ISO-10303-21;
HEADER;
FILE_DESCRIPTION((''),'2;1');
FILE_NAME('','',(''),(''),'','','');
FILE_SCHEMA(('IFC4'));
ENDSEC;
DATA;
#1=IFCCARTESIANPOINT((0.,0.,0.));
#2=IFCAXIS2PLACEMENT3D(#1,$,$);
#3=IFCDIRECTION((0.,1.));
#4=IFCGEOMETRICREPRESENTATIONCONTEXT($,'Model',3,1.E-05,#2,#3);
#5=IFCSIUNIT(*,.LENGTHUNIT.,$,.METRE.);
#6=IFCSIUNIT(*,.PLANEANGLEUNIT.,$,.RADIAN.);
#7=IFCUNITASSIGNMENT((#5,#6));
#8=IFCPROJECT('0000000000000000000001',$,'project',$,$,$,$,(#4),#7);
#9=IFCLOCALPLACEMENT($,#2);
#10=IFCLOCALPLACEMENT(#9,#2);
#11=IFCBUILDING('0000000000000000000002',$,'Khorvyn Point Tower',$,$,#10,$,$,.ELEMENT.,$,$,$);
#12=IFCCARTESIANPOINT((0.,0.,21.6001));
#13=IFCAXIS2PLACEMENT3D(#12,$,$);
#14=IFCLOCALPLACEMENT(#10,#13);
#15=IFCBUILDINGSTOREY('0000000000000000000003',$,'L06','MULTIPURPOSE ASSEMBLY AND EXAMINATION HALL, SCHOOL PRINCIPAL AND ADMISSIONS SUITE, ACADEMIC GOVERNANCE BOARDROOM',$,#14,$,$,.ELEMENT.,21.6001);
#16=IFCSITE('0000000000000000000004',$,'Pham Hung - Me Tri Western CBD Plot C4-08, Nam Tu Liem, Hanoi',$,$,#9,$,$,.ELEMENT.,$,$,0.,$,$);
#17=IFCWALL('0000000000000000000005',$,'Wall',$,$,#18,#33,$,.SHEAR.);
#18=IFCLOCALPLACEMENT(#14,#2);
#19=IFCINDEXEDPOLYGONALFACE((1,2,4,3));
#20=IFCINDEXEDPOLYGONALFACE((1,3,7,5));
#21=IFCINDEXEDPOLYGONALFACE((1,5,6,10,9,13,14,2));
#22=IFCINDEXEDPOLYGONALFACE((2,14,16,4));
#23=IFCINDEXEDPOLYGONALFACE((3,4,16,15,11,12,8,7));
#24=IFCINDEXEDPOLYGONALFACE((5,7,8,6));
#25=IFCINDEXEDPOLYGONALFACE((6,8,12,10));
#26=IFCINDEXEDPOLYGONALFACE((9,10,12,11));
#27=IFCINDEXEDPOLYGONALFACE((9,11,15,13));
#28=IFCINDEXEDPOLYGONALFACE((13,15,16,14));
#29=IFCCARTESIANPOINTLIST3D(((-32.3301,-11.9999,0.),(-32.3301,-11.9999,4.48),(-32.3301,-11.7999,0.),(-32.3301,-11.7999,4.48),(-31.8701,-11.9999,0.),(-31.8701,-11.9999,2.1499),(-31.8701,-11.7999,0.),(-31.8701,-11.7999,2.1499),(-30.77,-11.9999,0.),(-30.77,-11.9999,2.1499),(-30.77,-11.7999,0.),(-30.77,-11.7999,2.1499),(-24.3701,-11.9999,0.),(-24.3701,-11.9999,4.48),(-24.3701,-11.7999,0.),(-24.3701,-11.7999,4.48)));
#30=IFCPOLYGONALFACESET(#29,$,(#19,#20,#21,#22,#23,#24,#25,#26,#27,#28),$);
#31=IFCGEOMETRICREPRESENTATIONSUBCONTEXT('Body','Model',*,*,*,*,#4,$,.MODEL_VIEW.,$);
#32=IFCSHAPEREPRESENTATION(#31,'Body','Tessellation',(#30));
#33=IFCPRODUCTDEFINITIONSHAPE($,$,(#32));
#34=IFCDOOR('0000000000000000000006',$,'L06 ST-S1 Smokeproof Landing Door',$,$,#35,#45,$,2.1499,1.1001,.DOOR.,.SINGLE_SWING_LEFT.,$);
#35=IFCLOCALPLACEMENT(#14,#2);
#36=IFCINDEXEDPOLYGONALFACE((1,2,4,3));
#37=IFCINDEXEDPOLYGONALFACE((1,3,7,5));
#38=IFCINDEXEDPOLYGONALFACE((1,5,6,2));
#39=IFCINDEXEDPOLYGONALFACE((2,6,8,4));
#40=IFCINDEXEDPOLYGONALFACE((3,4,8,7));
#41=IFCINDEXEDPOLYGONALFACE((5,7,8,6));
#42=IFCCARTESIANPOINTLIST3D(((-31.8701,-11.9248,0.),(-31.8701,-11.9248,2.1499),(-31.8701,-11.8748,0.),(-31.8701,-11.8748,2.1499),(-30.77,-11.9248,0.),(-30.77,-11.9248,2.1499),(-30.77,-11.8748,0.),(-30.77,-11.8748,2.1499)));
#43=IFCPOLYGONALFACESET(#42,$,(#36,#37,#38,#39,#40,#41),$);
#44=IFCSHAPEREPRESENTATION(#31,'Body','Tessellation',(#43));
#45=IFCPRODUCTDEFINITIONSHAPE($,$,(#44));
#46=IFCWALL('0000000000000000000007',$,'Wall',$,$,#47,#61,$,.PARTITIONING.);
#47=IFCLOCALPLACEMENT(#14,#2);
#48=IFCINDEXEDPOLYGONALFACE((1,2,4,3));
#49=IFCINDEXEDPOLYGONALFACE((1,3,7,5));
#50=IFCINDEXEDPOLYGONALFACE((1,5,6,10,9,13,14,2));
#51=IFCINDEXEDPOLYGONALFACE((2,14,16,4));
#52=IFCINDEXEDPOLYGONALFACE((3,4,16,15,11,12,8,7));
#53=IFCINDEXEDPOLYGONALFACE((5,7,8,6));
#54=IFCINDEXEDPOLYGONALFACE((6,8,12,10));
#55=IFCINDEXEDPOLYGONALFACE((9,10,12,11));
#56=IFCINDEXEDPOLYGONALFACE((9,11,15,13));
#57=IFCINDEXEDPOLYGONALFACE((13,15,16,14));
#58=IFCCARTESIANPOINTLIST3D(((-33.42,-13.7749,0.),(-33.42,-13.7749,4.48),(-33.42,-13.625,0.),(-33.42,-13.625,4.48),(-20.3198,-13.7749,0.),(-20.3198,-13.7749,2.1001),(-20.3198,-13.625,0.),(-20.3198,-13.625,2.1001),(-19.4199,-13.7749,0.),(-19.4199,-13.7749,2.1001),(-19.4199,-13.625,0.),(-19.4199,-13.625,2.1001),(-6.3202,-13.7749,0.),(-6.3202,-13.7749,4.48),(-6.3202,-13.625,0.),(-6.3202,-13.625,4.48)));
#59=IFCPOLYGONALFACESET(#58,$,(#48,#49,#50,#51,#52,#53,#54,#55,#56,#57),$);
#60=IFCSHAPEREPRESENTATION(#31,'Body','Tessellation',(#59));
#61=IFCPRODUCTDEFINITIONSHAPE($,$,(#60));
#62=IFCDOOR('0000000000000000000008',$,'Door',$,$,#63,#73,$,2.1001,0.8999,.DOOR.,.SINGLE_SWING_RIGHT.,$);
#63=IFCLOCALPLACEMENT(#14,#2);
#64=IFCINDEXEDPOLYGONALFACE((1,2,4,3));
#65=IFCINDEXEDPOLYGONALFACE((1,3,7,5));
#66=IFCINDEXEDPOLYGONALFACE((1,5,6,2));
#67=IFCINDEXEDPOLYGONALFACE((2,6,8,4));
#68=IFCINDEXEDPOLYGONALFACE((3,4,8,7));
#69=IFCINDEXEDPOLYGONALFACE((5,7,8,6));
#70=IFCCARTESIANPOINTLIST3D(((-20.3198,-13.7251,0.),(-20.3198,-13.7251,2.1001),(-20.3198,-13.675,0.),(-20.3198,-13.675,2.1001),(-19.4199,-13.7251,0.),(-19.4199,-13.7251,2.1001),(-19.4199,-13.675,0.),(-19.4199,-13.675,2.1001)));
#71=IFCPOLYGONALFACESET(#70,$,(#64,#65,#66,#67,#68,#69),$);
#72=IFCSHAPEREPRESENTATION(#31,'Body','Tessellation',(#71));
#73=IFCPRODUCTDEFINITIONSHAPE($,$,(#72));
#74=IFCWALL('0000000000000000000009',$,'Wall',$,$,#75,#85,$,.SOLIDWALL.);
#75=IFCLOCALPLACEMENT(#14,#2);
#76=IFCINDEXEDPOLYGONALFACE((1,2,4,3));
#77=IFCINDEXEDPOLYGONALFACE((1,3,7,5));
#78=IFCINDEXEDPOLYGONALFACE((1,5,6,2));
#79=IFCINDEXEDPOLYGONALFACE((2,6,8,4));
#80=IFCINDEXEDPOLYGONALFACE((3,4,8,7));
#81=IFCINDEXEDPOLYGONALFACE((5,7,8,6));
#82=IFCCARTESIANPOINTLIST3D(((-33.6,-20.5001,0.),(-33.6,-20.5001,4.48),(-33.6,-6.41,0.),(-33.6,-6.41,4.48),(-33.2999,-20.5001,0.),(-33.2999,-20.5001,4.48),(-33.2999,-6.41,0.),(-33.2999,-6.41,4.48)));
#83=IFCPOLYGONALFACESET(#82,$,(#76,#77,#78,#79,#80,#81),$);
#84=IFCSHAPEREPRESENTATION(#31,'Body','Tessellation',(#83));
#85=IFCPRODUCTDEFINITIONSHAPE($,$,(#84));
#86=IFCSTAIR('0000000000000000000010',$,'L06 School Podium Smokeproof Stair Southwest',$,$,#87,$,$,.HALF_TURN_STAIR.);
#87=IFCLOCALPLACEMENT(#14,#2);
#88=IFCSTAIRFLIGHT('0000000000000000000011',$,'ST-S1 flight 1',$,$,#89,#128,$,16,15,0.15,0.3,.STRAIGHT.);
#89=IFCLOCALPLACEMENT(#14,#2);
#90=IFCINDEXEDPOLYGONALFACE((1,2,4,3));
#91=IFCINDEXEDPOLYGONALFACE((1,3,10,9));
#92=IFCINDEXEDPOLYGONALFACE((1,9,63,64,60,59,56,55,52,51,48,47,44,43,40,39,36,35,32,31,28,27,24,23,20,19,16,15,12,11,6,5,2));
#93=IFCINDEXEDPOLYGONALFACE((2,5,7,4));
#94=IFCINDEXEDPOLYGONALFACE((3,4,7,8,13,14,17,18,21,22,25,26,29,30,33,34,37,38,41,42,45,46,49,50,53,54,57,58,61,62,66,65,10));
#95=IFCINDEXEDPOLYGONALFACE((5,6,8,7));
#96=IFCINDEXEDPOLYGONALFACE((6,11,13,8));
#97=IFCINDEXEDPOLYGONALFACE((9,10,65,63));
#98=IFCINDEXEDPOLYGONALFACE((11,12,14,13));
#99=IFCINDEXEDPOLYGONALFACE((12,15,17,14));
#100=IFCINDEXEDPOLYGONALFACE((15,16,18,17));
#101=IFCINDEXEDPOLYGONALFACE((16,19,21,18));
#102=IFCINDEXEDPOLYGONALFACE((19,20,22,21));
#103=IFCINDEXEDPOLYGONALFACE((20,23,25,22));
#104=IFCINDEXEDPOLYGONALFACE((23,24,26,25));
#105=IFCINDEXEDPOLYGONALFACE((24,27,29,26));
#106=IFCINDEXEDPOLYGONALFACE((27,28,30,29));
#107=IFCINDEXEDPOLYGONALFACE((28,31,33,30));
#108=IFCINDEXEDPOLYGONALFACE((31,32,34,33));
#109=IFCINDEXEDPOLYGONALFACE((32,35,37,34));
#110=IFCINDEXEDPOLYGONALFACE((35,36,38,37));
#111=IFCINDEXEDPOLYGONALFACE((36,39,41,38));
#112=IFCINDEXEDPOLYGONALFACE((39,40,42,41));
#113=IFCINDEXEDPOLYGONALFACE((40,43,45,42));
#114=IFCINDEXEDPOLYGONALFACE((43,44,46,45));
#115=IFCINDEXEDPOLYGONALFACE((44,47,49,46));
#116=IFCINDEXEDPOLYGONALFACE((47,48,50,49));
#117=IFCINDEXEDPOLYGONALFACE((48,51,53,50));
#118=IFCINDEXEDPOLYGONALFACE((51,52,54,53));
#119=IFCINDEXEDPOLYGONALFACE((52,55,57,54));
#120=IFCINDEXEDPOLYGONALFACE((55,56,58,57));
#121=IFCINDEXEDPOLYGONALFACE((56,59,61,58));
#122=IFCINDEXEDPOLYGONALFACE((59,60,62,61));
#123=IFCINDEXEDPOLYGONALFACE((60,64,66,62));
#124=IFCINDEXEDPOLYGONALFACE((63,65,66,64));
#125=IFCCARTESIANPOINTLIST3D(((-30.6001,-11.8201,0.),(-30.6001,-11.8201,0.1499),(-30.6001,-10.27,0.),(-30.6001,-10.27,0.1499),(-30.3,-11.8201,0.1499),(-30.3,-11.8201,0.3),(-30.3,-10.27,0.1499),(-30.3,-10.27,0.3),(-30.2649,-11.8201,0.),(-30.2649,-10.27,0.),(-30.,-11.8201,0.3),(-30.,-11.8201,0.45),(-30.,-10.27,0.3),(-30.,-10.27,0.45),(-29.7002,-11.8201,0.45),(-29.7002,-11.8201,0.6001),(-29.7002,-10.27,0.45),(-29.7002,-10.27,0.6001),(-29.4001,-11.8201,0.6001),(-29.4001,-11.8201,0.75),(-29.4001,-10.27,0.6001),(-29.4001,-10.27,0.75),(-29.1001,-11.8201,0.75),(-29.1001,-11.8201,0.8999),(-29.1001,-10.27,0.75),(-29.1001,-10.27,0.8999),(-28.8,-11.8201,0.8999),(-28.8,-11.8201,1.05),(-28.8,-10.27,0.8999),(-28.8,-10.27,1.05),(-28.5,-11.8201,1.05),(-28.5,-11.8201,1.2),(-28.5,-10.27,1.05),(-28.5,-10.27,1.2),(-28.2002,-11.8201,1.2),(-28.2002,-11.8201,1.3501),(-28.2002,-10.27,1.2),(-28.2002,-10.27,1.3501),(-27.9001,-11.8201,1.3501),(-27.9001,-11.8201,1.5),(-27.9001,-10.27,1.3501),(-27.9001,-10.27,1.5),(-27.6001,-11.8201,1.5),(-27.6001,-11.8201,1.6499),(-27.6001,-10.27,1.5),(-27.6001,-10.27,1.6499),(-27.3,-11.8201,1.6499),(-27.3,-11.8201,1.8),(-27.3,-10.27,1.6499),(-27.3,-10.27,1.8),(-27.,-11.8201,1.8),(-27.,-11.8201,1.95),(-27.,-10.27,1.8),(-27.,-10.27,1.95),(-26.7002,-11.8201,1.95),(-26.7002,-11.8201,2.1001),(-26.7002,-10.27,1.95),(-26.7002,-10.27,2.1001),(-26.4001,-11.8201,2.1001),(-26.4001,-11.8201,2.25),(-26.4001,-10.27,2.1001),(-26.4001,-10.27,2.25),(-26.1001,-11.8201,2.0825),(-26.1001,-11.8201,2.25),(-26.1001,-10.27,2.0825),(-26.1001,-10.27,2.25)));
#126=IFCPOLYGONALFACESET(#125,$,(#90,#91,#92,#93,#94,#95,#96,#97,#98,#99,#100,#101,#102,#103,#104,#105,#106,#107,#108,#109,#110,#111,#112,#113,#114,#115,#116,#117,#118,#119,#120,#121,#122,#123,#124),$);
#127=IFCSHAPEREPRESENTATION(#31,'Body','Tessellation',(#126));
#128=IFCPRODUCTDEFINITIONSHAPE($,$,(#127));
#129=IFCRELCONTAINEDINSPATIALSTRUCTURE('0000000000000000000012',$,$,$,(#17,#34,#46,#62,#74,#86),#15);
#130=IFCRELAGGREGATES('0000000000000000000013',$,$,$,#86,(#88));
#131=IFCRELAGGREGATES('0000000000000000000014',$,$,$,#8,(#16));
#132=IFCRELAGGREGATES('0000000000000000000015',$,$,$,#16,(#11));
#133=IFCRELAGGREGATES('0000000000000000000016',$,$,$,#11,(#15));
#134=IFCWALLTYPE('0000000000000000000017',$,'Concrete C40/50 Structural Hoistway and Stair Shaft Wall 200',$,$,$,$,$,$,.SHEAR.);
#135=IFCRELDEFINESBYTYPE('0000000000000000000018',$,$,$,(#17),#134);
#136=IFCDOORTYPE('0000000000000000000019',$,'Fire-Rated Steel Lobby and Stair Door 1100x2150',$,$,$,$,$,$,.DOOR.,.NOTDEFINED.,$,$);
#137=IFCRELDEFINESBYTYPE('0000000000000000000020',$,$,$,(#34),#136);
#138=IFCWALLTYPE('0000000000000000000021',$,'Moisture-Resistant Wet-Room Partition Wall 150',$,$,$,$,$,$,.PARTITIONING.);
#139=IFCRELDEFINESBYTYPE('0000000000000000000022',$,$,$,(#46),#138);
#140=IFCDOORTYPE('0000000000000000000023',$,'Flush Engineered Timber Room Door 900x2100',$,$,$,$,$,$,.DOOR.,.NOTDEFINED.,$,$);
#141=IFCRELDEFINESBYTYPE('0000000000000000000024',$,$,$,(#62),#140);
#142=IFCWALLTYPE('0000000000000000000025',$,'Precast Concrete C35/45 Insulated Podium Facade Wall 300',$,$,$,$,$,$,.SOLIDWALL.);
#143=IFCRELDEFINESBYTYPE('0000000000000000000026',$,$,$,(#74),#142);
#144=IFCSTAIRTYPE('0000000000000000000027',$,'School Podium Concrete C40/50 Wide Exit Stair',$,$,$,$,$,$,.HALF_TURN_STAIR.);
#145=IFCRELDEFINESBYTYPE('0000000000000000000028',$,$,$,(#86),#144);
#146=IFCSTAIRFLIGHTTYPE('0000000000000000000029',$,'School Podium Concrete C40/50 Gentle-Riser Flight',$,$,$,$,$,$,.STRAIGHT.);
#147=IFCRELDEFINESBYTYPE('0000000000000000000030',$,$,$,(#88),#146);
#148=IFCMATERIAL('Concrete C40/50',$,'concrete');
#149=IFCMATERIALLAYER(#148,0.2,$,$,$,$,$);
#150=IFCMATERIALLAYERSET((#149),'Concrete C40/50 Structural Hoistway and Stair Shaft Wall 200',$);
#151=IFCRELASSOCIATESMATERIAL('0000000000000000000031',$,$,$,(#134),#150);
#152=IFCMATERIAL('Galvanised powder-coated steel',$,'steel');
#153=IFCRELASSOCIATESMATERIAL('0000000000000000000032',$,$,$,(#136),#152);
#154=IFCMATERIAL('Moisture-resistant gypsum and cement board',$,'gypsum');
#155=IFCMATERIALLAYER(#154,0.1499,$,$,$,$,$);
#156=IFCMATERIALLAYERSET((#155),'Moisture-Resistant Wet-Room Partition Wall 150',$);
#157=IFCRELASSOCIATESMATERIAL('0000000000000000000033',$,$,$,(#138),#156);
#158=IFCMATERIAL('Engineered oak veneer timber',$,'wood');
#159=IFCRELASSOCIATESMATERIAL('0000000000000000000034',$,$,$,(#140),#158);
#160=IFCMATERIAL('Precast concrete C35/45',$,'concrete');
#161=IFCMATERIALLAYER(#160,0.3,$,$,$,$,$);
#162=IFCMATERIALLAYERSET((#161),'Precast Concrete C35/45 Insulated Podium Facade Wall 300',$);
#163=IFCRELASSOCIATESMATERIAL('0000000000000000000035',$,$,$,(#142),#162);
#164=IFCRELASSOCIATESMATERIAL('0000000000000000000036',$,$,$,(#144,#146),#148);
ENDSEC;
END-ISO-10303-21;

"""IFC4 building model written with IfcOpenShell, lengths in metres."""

from ifc_helpers import new_model, si_unit, direction, frame, frame_2d, origin, place, context, subcontext, project, spatial, polyline, rectangle, outline, extrude, material, layer, layer_set, type_object, element, fill, aggregate, save


model = new_model("IFC4")

# Units and contexts
model_context = context("Model", 3, precision=1e-05, world=origin(), true_north=direction((0.0, 1.0)))
body_context = subcontext(model_context, "Body", "Model", "MODEL_VIEW")
ifc_project = project(units=[si_unit("LENGTHUNIT", "METRE"), si_unit("PLANEANGLEUNIT", "RADIAN")], contexts=[model_context])

# Site, building, storey
site_placement = place(None, origin())
site = spatial("IfcSite", under=ifc_project, at=site_placement, Name="Pham Hung - Me Tri Western CBD Plot C4-08, Nam Tu Liem, Hanoi", CompositionType="ELEMENT", RefElevation=0.0)
building_placement = place(site_placement, origin())
building = spatial("IfcBuilding", under=site, at=building_placement, Name="Khorvyn Point Tower", CompositionType="ELEMENT")
storey_placement = place(building_placement, frame((0.0, 0.0, 21.6001)))
storey = spatial("IfcBuildingStorey", under=building, at=storey_placement, Name="L06", Description="MULTIPURPOSE ASSEMBLY AND EXAMINATION HALL, SCHOOL PRINCIPAL AND ADMISSIONS SUITE, ACADEMIC GOVERNANCE BOARDROOM", CompositionType="ELEMENT", Elevation=21.6001)

# Shared definitions
ifc_material_1 = material(Name="Concrete C40/50", Category="concrete")

# Shared definitions
ifc_layer_1 = layer(ifc_material_1, 0.2)
ifc_layer_set_1 = layer_set([ifc_layer_1], Name="Concrete C40/50 Structural Hoistway and Stair Shaft Wall 200")
wall_type_1 = type_object("IfcWallType", Name="Concrete C40/50 Structural Hoistway and Stair Shaft Wall 200", PredefinedType="SHEAR", material=ifc_layer_set_1)

# Walls, openings, doors
wall_1_placement = place(storey_placement, frame((-24.3701, -11.8999, 0.0), z_axis=(0.0, 0.0, 1.0), x_axis=(-1.0, 0.0, 0.0)))
wall_1 = element("IfcWall", 1, at=wall_1_placement, inside=storey, type_object=wall_type_1, Name="Wall", PredefinedType="SHEAR", context=body_context, shape_type="SweptSolid", body=[
    extrude(rectangle(XDim=7.96, YDim=0.2, at=frame_2d((3.98, 0.0))), origin(), (0.0, 0.0, 1.0), 4.48),
])
opening_1_placement = place(wall_1_placement, frame((6.3999, 0.0, 0.0)))
opening_1 = element("IfcOpeningElement", 2, at=opening_1_placement, cuts=wall_1, PredefinedType="OPENING", context=body_context, shape_type="SweptSolid", body=[
    extrude(rectangle(XDim=1.1001, YDim=2.1499, at=frame_2d((0.55, 1.075))), frame((0.0, 0.1099, 0.0), z_axis=(0.0, -1.0, 0.0), x_axis=(1.0, 0.0, 0.0)), (0.0, 0.0, 1.0), 0.22),
])
ifc_material_2 = material(Name="Galvanised powder-coated steel", Category="steel")
door_type_1 = type_object("IfcDoorType", Name="Fire-Rated Steel Lobby and Stair Door 1100x2150", OperationType="NOTDEFINED", PredefinedType="DOOR", material=ifc_material_2)
door_1_placement = place(opening_1_placement, origin())
door_1 = element("IfcDoor", 3, at=door_1_placement, inside=storey, type_object=door_type_1, Name="L06 ST-S1 Smokeproof Landing Door", OperationType="SINGLE_SWING_LEFT", OverallHeight=2.1499, OverallWidth=1.1001, PredefinedType="DOOR", context=body_context, shape_type="SweptSolid", body=[
    extrude(rectangle(XDim=1.1001, YDim=2.1499, at=frame_2d((0.55, 1.075))), frame((0.0, 0.0249, 0.0), z_axis=(0.0, -1.0, 0.0), x_axis=(1.0, 0.0, 0.0)), (0.0, 0.0, 1.0), 0.05),
])
fill(opening_1, door_1)
ifc_material_3 = material(Name="Moisture-resistant gypsum and cement board", Category="gypsum")
ifc_layer_2 = layer(ifc_material_3, 0.1499)
ifc_layer_set_2 = layer_set([ifc_layer_2], Name="Moisture-Resistant Wet-Room Partition Wall 150")
wall_type_2 = type_object("IfcWallType", Name="Moisture-Resistant Wet-Room Partition Wall 150", PredefinedType="PARTITIONING", material=ifc_layer_set_2)
wall_2_placement = place(storey_placement, frame((-33.4199, -13.7, 0.0), z_axis=(0.0, 0.0, 1.0), x_axis=(1.0, 0.0, 0.0)))
wall_2 = element("IfcWall", 4, at=wall_2_placement, inside=storey, type_object=wall_type_2, Name="Wall", PredefinedType="PARTITIONING", context=body_context, shape_type="SweptSolid", body=[
    extrude(rectangle(XDim=27.0999, YDim=0.1499, at=frame_2d((13.5498, 0.0))), origin(), (0.0, 0.0, 1.0), 4.48),
])
opening_2_placement = place(wall_2_placement, frame((13.1001, 0.0, 0.0)))
opening_2 = element("IfcOpeningElement", 5, at=opening_2_placement, cuts=wall_2, PredefinedType="OPENING", context=body_context, shape_type="SweptSolid", body=[
    extrude(rectangle(XDim=0.8999, YDim=2.1001, at=frame_2d((0.45, 1.05))), frame((0.0, 0.085, 0.0), z_axis=(0.0, -1.0, 0.0), x_axis=(1.0, 0.0, 0.0)), (0.0, 0.0, 1.0), 0.1699),
])
ifc_material_4 = material(Name="Engineered oak veneer timber", Category="wood")
door_type_2 = type_object("IfcDoorType", Name="Flush Engineered Timber Room Door 900x2100", OperationType="NOTDEFINED", PredefinedType="DOOR", material=ifc_material_4)
door_2_placement = place(opening_2_placement, origin())
door_2 = element("IfcDoor", 6, at=door_2_placement, inside=storey, type_object=door_type_2, Name="Door", OperationType="SINGLE_SWING_RIGHT", OverallHeight=2.1001, OverallWidth=0.8999, PredefinedType="DOOR", context=body_context, shape_type="SweptSolid", body=[
    extrude(rectangle(XDim=0.8999, YDim=2.1001, at=frame_2d((0.45, 1.05))), frame((0.0, 0.0249, 0.0), z_axis=(0.0, -1.0, 0.0), x_axis=(1.0, 0.0, 0.0)), (0.0, 0.0, 1.0), 0.05),
])
fill(opening_2, door_2)

# Wall
ifc_material_5 = material(Name="Precast concrete C35/45", Category="concrete")
ifc_layer_3 = layer(ifc_material_5, 0.3)
ifc_layer_set_3 = layer_set([ifc_layer_3], Name="Precast Concrete C35/45 Insulated Podium Facade Wall 300")
wall_type_3 = type_object("IfcWallType", Name="Precast Concrete C35/45 Insulated Podium Facade Wall 300", PredefinedType="SOLIDWALL", material=ifc_layer_set_3)
wall_3_placement = place(storey_placement, frame((-33.45, -20.5, 0.0), z_axis=(0.0, 0.0, 1.0), x_axis=(0.0, 1.0, 0.0)))
element("IfcWall", 7, at=wall_3_placement, inside=storey, type_object=wall_type_3, Name="Wall", PredefinedType="SOLIDWALL", context=body_context, shape_type="SweptSolid", body=[
    extrude(rectangle(XDim=14.0901, YDim=0.3, at=frame_2d((7.0449, 0.0))), origin(), (0.0, 0.0, 1.0), 4.48),
])

# Stair, stair flight
stair_type = type_object("IfcStairType", Name="School Podium Concrete C40/50 Wide Exit Stair", PredefinedType="HALF_TURN_STAIR", material=ifc_material_1)
stair_placement = place(storey_placement, origin())
stair = element("IfcStair", 8, at=stair_placement, inside=storey, type_object=stair_type, Name="L06 School Podium Smokeproof Stair Southwest", PredefinedType="HALF_TURN_STAIR")
stair_flight_type = type_object("IfcStairFlightType", Name="School Podium Concrete C40/50 Gentle-Riser Flight", PredefinedType="STRAIGHT", material=ifc_material_1)
stair_flight_placement = place(storey_placement, frame((-30.6001, -11.0449, 0.0), z_axis=(0.0, 0.0, 1.0), x_axis=(1.0, 0.0, 0.0)))
stair_flight = element("IfcStairFlight", 9, at=stair_flight_placement, type_object=stair_flight_type, Name="ST-S1 flight 1", NumberOfRisers=16, NumberOfTreads=15, PredefinedType="STRAIGHT", RiserHeight=0.15, TreadLength=0.3, context=body_context, shape_type="SweptSolid", body=[
    extrude(outline(polyline([(0.0, 0.0), (0.0, 0.1499), (0.3, 0.1499), (0.3, 0.3), (0.6001, 0.3), (0.6001, 0.45), (0.8999, 0.45), (0.8999, 0.6001), (1.2, 0.6001), (1.2, 0.75), (1.5, 0.75), (1.5, 0.8999), (1.8, 0.8999), (1.8, 1.05), (2.1001, 1.05), (2.1001, 1.2), (2.3999, 1.2), (2.3999, 1.3501), (2.7, 1.3501), (2.7, 1.5), (3.0, 1.5), (3.0, 1.6499), (3.3, 1.6499), (3.3, 1.8), (3.6001, 1.8), (3.6001, 1.95), (3.8999, 1.95), (3.8999, 2.1001), (4.2, 2.1001), (4.2, 2.25), (4.5, 2.25), (4.5, 2.3999), (4.5, 2.0825), (0.3352, 0.0), (0.0, 0.0)])), frame((0.0, 0.7749, 0.0), z_axis=(0.0, -1.0, 0.0), x_axis=(1.0, 0.0, 0.0)), (0.0, 0.0, 1.0), 1.55),
])
aggregate(stair, [stair_flight])

save(model, "model.ifc")
